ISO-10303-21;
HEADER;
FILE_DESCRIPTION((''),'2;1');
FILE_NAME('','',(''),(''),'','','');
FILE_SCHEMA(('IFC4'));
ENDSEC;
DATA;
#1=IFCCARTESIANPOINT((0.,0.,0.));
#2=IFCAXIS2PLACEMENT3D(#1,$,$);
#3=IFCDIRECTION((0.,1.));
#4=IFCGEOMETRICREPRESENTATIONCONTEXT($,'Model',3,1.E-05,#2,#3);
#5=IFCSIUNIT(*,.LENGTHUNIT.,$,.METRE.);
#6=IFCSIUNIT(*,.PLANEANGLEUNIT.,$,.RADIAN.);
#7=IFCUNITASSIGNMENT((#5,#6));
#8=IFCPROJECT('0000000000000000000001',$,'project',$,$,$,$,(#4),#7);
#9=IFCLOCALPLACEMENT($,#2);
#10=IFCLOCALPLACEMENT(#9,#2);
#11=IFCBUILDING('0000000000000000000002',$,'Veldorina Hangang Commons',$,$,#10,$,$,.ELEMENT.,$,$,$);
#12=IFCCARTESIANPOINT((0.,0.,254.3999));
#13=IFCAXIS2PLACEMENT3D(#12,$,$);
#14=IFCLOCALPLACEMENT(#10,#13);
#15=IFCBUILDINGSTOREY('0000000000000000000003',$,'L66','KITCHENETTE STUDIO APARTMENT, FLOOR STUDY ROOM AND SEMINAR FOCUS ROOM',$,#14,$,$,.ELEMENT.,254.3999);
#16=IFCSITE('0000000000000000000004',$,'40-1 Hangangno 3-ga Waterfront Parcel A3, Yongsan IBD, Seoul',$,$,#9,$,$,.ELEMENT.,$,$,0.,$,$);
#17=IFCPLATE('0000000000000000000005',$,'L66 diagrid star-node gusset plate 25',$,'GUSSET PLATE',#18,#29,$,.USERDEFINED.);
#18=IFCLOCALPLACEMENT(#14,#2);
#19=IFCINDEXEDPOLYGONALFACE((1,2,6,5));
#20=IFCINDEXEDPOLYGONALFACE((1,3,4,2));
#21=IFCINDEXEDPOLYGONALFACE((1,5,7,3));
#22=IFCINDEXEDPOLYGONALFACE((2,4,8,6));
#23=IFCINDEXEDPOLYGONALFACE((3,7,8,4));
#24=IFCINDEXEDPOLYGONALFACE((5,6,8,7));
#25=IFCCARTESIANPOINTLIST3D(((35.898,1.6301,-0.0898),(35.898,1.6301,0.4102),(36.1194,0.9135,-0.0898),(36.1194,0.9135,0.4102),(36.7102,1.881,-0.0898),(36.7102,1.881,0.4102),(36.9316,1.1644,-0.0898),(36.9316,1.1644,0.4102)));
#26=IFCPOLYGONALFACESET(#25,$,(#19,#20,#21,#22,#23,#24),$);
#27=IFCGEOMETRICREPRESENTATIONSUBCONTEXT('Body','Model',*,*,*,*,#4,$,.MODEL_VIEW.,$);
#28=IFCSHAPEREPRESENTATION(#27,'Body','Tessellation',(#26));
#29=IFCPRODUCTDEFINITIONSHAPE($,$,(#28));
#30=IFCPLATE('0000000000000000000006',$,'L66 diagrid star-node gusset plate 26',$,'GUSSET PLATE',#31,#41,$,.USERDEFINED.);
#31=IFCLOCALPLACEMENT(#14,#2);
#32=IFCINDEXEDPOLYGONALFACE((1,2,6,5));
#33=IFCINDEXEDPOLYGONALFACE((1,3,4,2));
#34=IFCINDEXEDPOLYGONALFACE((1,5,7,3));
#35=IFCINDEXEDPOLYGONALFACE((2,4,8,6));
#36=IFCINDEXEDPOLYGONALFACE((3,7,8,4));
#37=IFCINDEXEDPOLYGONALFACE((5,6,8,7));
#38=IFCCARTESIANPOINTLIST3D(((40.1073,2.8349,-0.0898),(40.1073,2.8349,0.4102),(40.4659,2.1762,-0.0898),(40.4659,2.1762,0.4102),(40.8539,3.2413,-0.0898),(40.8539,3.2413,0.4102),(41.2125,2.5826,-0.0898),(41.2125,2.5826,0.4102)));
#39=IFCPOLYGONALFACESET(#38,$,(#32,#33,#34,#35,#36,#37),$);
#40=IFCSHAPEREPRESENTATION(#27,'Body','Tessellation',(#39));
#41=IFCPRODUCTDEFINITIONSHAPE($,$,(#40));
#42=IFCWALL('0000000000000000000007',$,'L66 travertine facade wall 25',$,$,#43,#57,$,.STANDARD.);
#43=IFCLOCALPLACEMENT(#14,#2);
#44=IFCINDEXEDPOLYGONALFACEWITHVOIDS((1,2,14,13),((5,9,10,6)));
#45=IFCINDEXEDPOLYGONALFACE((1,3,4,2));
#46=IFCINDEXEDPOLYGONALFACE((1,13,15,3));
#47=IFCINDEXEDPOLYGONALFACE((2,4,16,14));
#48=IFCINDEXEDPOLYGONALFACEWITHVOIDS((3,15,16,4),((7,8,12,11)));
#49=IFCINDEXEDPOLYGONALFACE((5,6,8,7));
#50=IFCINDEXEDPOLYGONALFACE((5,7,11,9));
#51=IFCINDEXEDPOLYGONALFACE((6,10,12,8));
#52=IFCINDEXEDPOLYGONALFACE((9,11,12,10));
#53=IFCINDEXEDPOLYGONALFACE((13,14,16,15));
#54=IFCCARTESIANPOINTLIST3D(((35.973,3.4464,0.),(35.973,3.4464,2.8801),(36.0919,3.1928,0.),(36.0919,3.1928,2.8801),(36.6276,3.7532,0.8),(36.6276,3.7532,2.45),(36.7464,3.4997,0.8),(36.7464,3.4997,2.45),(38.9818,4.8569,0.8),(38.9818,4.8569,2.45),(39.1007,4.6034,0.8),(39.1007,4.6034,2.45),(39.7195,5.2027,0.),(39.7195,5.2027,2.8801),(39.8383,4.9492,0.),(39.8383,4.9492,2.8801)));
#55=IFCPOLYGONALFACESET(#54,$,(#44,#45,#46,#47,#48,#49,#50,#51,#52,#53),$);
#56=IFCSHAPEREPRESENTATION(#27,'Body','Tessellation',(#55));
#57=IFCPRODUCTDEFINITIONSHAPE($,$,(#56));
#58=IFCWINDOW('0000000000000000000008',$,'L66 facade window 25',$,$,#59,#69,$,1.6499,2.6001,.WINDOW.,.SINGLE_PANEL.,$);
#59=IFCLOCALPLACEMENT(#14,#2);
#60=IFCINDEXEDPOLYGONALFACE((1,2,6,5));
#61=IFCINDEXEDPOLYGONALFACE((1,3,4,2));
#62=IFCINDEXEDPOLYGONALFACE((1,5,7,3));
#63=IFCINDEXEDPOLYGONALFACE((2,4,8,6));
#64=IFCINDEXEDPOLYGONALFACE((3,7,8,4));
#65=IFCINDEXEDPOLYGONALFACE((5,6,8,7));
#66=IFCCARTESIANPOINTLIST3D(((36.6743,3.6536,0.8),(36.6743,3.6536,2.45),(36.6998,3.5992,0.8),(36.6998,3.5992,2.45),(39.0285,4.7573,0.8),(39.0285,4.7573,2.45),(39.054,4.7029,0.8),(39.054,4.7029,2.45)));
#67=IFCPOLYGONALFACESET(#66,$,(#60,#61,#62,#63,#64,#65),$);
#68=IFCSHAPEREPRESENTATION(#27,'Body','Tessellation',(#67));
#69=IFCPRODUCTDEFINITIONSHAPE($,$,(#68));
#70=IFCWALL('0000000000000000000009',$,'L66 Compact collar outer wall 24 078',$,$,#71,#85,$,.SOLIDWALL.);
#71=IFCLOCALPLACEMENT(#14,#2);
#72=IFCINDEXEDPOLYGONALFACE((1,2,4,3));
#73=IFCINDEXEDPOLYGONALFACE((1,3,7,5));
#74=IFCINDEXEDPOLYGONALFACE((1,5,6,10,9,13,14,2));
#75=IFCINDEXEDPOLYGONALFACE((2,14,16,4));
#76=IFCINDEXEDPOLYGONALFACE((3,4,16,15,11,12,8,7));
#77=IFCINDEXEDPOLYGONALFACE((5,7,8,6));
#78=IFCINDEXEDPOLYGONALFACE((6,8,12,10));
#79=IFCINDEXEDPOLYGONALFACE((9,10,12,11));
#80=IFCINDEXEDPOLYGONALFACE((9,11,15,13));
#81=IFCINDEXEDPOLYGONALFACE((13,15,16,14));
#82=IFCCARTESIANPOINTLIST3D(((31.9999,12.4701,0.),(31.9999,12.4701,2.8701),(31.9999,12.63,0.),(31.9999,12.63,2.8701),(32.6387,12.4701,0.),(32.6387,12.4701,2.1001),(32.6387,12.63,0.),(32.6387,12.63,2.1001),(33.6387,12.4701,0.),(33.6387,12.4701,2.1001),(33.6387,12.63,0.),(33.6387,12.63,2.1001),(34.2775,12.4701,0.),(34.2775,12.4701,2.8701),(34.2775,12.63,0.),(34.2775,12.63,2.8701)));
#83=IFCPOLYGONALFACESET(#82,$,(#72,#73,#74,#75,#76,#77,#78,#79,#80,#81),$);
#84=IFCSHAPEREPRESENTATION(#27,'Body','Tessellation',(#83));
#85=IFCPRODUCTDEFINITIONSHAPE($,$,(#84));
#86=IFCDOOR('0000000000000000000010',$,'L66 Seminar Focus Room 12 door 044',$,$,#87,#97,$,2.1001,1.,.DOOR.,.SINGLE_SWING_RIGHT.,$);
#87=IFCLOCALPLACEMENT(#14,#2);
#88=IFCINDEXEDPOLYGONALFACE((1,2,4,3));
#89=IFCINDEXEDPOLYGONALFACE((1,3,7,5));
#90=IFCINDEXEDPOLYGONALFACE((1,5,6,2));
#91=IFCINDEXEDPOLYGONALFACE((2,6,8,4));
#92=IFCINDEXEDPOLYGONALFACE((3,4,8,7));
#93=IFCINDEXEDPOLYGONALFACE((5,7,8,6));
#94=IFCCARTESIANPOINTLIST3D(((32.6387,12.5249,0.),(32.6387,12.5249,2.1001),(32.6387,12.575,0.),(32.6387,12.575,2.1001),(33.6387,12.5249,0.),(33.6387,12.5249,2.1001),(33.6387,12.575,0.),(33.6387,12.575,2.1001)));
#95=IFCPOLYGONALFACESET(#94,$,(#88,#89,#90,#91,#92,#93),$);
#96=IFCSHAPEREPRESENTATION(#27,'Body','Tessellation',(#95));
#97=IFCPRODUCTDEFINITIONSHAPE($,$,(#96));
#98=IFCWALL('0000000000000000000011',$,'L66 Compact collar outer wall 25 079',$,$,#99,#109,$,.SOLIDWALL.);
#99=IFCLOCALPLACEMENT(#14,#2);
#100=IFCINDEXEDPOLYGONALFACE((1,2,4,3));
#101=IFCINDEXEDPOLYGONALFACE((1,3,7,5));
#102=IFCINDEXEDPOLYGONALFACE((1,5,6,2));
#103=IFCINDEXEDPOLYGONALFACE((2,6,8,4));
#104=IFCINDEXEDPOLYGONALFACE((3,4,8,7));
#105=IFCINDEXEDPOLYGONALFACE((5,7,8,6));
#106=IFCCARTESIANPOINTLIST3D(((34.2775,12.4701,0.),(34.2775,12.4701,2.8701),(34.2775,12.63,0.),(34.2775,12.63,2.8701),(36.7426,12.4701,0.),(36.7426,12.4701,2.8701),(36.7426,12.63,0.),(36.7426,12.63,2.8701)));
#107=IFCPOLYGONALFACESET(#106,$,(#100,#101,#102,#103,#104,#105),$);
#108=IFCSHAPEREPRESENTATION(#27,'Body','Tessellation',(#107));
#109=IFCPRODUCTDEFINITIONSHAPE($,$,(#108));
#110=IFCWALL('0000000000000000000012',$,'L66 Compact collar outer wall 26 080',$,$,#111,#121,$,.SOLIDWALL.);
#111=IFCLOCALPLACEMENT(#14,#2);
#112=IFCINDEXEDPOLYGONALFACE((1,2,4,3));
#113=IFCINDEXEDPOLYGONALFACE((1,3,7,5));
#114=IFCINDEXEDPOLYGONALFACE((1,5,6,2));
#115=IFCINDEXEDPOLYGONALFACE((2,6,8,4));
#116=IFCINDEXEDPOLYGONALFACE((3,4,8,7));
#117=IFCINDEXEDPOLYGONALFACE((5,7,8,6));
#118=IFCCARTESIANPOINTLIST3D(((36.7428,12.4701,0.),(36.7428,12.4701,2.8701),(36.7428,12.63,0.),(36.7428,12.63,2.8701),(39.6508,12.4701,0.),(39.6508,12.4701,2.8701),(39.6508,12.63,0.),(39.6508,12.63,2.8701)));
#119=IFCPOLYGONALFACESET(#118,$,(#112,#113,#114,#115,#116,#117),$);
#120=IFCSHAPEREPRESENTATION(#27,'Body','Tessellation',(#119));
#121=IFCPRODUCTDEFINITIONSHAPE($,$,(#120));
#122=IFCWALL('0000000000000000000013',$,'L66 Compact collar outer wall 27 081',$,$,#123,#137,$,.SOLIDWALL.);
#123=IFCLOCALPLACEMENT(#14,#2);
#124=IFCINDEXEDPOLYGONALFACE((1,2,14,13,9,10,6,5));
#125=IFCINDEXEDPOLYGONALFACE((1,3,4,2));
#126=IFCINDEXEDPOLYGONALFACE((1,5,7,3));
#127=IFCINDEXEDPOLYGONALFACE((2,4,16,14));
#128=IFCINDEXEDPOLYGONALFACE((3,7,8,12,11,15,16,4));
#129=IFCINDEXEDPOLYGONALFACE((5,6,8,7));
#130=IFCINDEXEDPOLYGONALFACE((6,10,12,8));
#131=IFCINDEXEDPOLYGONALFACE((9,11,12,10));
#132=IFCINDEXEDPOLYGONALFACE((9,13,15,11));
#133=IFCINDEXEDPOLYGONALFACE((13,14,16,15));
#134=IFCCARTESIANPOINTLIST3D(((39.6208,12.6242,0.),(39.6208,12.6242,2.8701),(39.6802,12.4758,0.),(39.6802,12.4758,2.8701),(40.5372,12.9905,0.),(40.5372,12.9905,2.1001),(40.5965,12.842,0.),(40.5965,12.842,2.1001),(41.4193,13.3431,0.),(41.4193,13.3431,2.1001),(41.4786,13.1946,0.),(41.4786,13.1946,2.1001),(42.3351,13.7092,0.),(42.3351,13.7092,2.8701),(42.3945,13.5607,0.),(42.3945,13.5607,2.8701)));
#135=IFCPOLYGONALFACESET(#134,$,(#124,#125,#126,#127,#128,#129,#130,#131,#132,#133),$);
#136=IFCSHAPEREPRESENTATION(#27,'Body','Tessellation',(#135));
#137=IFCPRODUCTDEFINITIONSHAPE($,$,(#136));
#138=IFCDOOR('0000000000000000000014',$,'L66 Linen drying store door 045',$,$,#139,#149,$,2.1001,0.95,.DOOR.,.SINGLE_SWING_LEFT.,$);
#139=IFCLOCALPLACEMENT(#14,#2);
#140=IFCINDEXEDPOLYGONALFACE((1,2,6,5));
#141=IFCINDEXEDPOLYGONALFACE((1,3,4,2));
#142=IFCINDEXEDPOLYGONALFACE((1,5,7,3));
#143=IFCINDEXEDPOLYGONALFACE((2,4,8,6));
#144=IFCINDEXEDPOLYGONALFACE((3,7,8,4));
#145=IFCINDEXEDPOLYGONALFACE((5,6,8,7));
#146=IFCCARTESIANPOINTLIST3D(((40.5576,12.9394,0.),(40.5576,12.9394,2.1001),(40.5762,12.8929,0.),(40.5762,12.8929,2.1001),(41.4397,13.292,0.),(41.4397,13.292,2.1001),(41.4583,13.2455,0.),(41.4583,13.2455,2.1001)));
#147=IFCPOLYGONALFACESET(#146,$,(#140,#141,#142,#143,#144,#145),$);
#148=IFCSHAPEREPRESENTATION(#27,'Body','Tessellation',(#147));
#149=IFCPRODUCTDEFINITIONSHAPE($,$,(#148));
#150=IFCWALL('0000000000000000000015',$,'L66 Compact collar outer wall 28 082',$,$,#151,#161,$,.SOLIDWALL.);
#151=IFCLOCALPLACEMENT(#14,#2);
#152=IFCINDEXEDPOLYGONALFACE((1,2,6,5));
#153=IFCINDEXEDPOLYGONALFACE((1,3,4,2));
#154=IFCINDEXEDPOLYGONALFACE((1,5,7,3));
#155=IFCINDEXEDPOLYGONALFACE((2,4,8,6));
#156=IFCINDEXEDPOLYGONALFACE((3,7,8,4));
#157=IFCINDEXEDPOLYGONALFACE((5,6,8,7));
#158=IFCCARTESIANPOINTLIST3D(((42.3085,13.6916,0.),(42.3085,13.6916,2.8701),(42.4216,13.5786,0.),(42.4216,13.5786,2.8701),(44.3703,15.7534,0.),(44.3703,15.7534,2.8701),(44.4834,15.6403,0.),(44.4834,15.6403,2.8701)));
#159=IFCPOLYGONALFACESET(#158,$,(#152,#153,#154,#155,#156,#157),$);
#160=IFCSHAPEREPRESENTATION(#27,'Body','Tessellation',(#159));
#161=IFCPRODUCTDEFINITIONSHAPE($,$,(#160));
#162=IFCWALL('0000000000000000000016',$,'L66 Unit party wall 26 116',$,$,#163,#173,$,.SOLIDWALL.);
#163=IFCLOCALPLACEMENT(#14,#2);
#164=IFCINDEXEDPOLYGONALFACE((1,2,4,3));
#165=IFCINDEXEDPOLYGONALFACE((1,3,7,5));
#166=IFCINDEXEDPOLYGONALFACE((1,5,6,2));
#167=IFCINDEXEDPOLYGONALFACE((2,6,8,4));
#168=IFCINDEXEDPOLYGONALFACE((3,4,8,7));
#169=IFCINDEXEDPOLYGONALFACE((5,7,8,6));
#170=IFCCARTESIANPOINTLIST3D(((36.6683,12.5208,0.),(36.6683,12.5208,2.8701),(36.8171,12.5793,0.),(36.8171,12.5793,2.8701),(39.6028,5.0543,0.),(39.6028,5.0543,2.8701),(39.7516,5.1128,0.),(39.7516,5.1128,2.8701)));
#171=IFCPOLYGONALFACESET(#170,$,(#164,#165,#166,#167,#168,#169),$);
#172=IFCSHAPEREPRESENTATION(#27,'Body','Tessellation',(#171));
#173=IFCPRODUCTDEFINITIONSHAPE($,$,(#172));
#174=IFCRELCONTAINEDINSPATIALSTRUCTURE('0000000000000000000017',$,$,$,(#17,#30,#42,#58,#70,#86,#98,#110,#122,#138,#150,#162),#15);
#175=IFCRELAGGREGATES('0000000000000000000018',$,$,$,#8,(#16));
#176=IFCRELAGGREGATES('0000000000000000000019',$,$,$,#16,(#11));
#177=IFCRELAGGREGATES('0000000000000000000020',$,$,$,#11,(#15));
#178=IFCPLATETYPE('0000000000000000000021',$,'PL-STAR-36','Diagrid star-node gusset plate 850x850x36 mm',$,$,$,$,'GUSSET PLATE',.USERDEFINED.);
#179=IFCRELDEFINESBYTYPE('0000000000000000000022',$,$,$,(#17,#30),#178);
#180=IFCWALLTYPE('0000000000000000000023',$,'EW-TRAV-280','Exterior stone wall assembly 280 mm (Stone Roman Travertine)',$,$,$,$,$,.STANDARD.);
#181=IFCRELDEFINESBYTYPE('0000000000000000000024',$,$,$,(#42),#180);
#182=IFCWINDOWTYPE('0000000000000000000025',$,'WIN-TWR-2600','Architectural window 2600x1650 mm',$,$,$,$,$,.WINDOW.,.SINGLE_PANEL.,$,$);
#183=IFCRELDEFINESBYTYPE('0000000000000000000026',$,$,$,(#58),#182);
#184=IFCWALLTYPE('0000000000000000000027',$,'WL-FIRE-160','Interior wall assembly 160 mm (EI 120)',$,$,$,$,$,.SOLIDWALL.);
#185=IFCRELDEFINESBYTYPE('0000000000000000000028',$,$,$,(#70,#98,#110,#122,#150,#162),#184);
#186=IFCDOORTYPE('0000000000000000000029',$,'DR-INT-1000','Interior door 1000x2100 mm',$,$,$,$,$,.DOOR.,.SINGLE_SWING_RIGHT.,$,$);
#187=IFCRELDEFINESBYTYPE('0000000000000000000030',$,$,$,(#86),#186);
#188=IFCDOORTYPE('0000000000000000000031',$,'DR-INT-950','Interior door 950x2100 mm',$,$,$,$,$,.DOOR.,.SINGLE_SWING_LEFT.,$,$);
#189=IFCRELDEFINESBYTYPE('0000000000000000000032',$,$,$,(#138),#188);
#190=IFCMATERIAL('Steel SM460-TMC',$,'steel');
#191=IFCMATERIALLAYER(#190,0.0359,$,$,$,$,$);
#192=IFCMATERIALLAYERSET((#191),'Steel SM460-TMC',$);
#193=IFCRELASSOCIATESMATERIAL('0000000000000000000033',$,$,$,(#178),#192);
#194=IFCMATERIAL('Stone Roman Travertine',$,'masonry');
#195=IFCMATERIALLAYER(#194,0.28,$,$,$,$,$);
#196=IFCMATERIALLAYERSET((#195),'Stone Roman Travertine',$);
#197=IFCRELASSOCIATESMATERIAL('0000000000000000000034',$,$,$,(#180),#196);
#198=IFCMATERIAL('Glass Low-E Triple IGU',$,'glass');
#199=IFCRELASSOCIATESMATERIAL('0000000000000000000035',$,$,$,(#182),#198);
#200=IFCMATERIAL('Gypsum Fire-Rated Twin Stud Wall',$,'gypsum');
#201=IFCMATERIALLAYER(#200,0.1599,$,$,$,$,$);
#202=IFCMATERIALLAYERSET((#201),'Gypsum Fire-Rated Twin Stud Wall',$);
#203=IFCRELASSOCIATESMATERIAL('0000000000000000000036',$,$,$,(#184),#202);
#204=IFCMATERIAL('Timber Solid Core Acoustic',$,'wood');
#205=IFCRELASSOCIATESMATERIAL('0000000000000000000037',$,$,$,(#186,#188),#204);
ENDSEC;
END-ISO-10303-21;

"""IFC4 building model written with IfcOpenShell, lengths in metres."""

from ifc_helpers import new_model, si_unit, direction, frame, frame_2d, origin, origin_2d, place, context, subcontext, project, spatial, rectangle, extrude, material, layer, layer_set, type_object, element, fill, save


model = new_model("IFC4")

# Units and contexts
model_context = context("Model", 3, precision=1e-05, world=origin(), true_north=direction((0.0, 1.0)))
body_context = subcontext(model_context, "Body", "Model", "MODEL_VIEW")
ifc_project = project(units=[si_unit("LENGTHUNIT", "METRE"), si_unit("PLANEANGLEUNIT", "RADIAN")], contexts=[model_context])

# Site, building, storey
site_placement = place(None, origin())
site = spatial("IfcSite", under=ifc_project, at=site_placement, Name="40-1 Hangangno 3-ga Waterfront Parcel A3, Yongsan IBD, Seoul", CompositionType="ELEMENT", RefElevation=0.0)
building_placement = place(site_placement, origin())
building = spatial("IfcBuilding", under=site, at=building_placement, Name="Veldorina Hangang Commons", CompositionType="ELEMENT")
storey_placement = place(building_placement, frame((0.0, 0.0, 254.3999)))
storey = spatial("IfcBuildingStorey", under=building, at=storey_placement, Name="L66", Description="KITCHENETTE STUDIO APARTMENT, FLOOR STUDY ROOM AND SEMINAR FOCUS ROOM", CompositionType="ELEMENT", Elevation=254.3999)

# Shared definitions
ifc_material_1 = material(Name="Glass Low-E Triple IGU", Category="glass")

# Plates
ifc_material_2 = material(Name="Steel SM460-TMC", Category="steel")
ifc_layer_1 = layer(ifc_material_2, 0.0359)
ifc_layer_set_1 = layer_set([ifc_layer_1], Name="Steel SM460-TMC")
plate_type_1 = type_object("IfcPlateType", Name="PL-STAR-36", Description="Diagrid star-node gusset plate 850x850x36 mm", ElementType="GUSSET PLATE", PredefinedType="USERDEFINED", material=ifc_layer_set_1)
for number, where, z_axis, x_axis, name in (
    (1, (36.4148, 1.3972, -0.0898), (0.0, 0.0, 1.0), (0.955449, 0.295158, 0.0), "L66 diagrid star-node gusset plate 25"),
    (2, (40.6599, 2.7087, -0.0898), (0.0, 0.0, 1.0), (0.8783, 0.478109, 0.0), "L66 diagrid star-node gusset plate 26"),
):
    element("IfcPlate", number, at=place(storey_placement, frame(where, z_axis=z_axis, x_axis=x_axis)), inside=storey, type_object=plate_type_1, Name=name, ObjectType="GUSSET PLATE", PredefinedType="USERDEFINED", context=body_context, shape_type="SweptSolid", body=[
        extrude(rectangle(XDim=0.8501, YDim=0.75, at=origin_2d()), origin(), (0.0, 0.0, 1.0), 0.5),
    ])

# Wall, opening, window
ifc_material_3 = material(Name="Stone Roman Travertine", Category="masonry")
ifc_layer_2 = layer(ifc_material_3, 0.28)
ifc_layer_set_2 = layer_set([ifc_layer_2], Name="Stone Roman Travertine")
wall_type_1 = type_object("IfcWallType", Name="EW-TRAV-280", Description="Exterior stone wall assembly 280 mm (Stone Roman Travertine)", PredefinedType="STANDARD", material=ifc_layer_set_2)
wall_1_placement = place(storey_placement, frame((36.0325, 3.3196, 0.0), z_axis=(0.0, 0.0, 1.0), x_axis=(0.905436, 0.424484, 0.0)))
wall_1 = element("IfcWall", 3, at=wall_1_placement, inside=storey, type_object=wall_type_1, Name="L66 travertine facade wall 25", PredefinedType="STANDARD", context=body_context, shape_type="SweptSolid", body=[
    extrude(rectangle(XDim=4.1377, YDim=0.28, at=frame_2d((2.0688, 0.0))), origin(), (0.0, 0.0, 1.0), 2.8801),
])
opening_1_placement = place(wall_1_placement, frame((0.7229, 0.0, 0.8)))
opening_1 = element("IfcOpeningElement", 4, at=opening_1_placement, cuts=wall_1, PredefinedType="OPENING", context=body_context, shape_type="SweptSolid", body=[
    extrude(rectangle(XDim=2.6001, YDim=1.6499, at=frame_2d((1.3, 0.825))), frame((0.0, 0.1499, 0.0), z_axis=(0.0, -1.0, 0.0), x_axis=(1.0, 0.0, 0.0)), (0.0, 0.0, 1.0), 0.3),
])
window_type = type_object("IfcWindowType", Name="WIN-TWR-2600", Description="Architectural window 2600x1650 mm", PartitioningType="SINGLE_PANEL", PredefinedType="WINDOW", material=ifc_material_1)
window_placement = place(opening_1_placement, origin())
window = element("IfcWindow", 5, at=window_placement, inside=storey, type_object=window_type, Name="L66 facade window 25", OverallHeight=1.6499, OverallWidth=2.6001, PartitioningType="SINGLE_PANEL", PredefinedType="WINDOW", context=body_context, shape_type="SweptSolid", body=[
    extrude(rectangle(XDim=2.6001, YDim=1.6499, at=frame_2d((1.3, 0.825))), frame((0.0, 0.03, 0.0), z_axis=(0.0, -1.0, 0.0), x_axis=(1.0, 0.0, 0.0)), (0.0, 0.0, 1.0), 0.0601),
])
fill(opening_1, window)

# Wall, opening, door
ifc_material_4 = material(Name="Gypsum Fire-Rated Twin Stud Wall", Category="gypsum")
ifc_layer_3 = layer(ifc_material_4, 0.1599)
ifc_layer_set_3 = layer_set([ifc_layer_3], Name="Gypsum Fire-Rated Twin Stud Wall")
wall_type_2 = type_object("IfcWallType", Name="WL-FIRE-160", Description="Interior wall assembly 160 mm (EI 120)", PredefinedType="SOLIDWALL", material=ifc_layer_set_3)
wall_2_placement = place(storey_placement, frame((32.0, 12.55, 0.0), z_axis=(0.0, 0.0, 1.0), x_axis=(1.0, 0.0, 0.0)))
wall_2 = element("IfcWall", 6, at=wall_2_placement, inside=storey, type_object=wall_type_2, Name="L66 Compact collar outer wall 24 078", PredefinedType="SOLIDWALL", context=body_context, shape_type="SweptSolid", body=[
    extrude(rectangle(XDim=2.2776, YDim=0.1599, at=frame_2d((1.1387, 0.0))), origin(), (0.0, 0.0, 1.0), 2.8701),
])
opening_2_placement = place(wall_2_placement, frame((0.6387, 0.0, 0.0)))
opening_2 = element("IfcOpeningElement", 7, at=opening_2_placement, cuts=wall_2, PredefinedType="OPENING", context=body_context, shape_type="SweptSolid", body=[
    extrude(rectangle(XDim=1.0, YDim=2.1001, at=frame_2d((0.5, 1.05))), frame((0.0, 0.0898, 0.0), z_axis=(0.0, -1.0, 0.0), x_axis=(1.0, 0.0, 0.0)), (0.0, 0.0, 1.0), 0.1799),
])
ifc_material_5 = material(Name="Timber Solid Core Acoustic", Category="wood")
door_type_1 = type_object("IfcDoorType", Name="DR-INT-1000", Description="Interior door 1000x2100 mm", OperationType="SINGLE_SWING_RIGHT", PredefinedType="DOOR", material=ifc_material_5)
door_1_placement = place(opening_2_placement, origin())
door_1 = element("IfcDoor", 8, at=door_1_placement, inside=storey, type_object=door_type_1, Name="L66 Seminar Focus Room 12 door 044", OperationType="SINGLE_SWING_RIGHT", OverallHeight=2.1001, OverallWidth=1.0, PredefinedType="DOOR", context=body_context, shape_type="SweptSolid", body=[
    extrude(rectangle(XDim=1.0, YDim=2.1001, at=frame_2d((0.5, 1.05))), frame((0.0, 0.0249, 0.0), z_axis=(0.0, -1.0, 0.0), x_axis=(1.0, 0.0, 0.0)), (0.0, 0.0, 1.0), 0.05),
])
fill(opening_2, door_1)

# Walls
wall_3_placement = place(storey_placement, frame((34.2776, 12.55, 0.0), z_axis=(0.0, 0.0, 1.0), x_axis=(1.0, 0.0, 0.0)))
element("IfcWall", 9, at=wall_3_placement, inside=storey, type_object=wall_type_2, Name="L66 Compact collar outer wall 25 079", PredefinedType="SOLIDWALL", context=body_context, shape_type="SweptSolid", body=[
    extrude(rectangle(XDim=2.4651, YDim=0.1599, at=frame_2d((1.2324, 0.0))), origin(), (0.0, 0.0, 1.0), 2.8701),
])
wall_4_placement = place(storey_placement, frame((36.7427, 12.55, 0.0), z_axis=(0.0, 0.0, 1.0), x_axis=(1.0, 0.0, 0.0)))
element("IfcWall", 10, at=wall_4_placement, inside=storey, type_object=wall_type_2, Name="L66 Compact collar outer wall 26 080", PredefinedType="SOLIDWALL", context=body_context, shape_type="SweptSolid", body=[
    extrude(rectangle(XDim=2.908, YDim=0.1599, at=frame_2d((1.4541, 0.0))), origin(), (0.0, 0.0, 1.0), 2.8701),
])

# Wall, opening, door
wall_5_placement = place(storey_placement, frame((39.6506, 12.55, 0.0), z_axis=(0.0, 0.0, 1.0), x_axis=(0.928569, 0.37116, 0.0)))
wall_5 = element("IfcWall", 11, at=wall_5_placement, inside=storey, type_object=wall_type_2, Name="L66 Compact collar outer wall 27 081", PredefinedType="SOLIDWALL", context=body_context, shape_type="SweptSolid", body=[
    extrude(rectangle(XDim=2.9231, YDim=0.1599, at=frame_2d((1.4614, 0.0))), origin(), (0.0, 0.0, 1.0), 2.8701),
])
opening_3_placement = place(wall_5_placement, frame((0.9866, 0.0, 0.0)))
opening_3 = element("IfcOpeningElement", 12, at=opening_3_placement, cuts=wall_5, PredefinedType="OPENING", context=body_context, shape_type="SweptSolid", body=[
    extrude(rectangle(XDim=0.95, YDim=2.1001, at=frame_2d((0.4751, 1.05))), frame((0.0, 0.0898, 0.0), z_axis=(0.0, -1.0, 0.0), x_axis=(1.0, 0.0, 0.0)), (0.0, 0.0, 1.0), 0.1799),
])
door_type_2 = type_object("IfcDoorType", Name="DR-INT-950", Description="Interior door 950x2100 mm", OperationType="SINGLE_SWING_LEFT", PredefinedType="DOOR", material=ifc_material_5)
door_2_placement = place(opening_3_placement, origin())
door_2 = element("IfcDoor", 13, at=door_2_placement, inside=storey, type_object=door_type_2, Name="L66 Linen drying store door 045", OperationType="SINGLE_SWING_LEFT", OverallHeight=2.1001, OverallWidth=0.95, PredefinedType="DOOR", context=body_context, shape_type="SweptSolid", body=[
    extrude(rectangle(XDim=0.95, YDim=2.1001, at=frame_2d((0.4751, 1.05))), frame((0.0, 0.0249, 0.0), z_axis=(0.0, -1.0, 0.0), x_axis=(1.0, 0.0, 0.0)), (0.0, 0.0, 1.0), 0.05),
])
fill(opening_3, door_2)

# Walls
wall_6_placement = place(storey_placement, frame((42.365, 13.635, 0.0), z_axis=(0.0, 0.0, 1.0), x_axis=(0.707107, 0.707107, 0.0)))
element("IfcWall", 14, at=wall_6_placement, inside=storey, type_object=wall_type_2, Name="L66 Compact collar outer wall 28 082", PredefinedType="SOLIDWALL", context=body_context, shape_type="SweptSolid", body=[
    extrude(rectangle(XDim=2.9158, YDim=0.1599, at=frame_2d((1.458, 0.0))), origin(), (0.0, 0.0, 1.0), 2.8701),
])
wall_7_placement = place(storey_placement, frame((36.7427, 12.55, 0.0), z_axis=(0.0, 0.0, 1.0), x_axis=(0.365791, -0.930697, 0.0)))
element("IfcWall", 15, at=wall_7_placement, inside=storey, type_object=wall_type_2, Name="L66 Unit party wall 26 116", PredefinedType="SOLIDWALL", context=body_context, shape_type="SweptSolid", body=[
    extrude(rectangle(XDim=8.0225, YDim=0.1599, at=frame_2d((4.0112, 0.0))), origin(), (0.0, 0.0, 1.0), 2.8701),
])

save(model, "model.ifc")
